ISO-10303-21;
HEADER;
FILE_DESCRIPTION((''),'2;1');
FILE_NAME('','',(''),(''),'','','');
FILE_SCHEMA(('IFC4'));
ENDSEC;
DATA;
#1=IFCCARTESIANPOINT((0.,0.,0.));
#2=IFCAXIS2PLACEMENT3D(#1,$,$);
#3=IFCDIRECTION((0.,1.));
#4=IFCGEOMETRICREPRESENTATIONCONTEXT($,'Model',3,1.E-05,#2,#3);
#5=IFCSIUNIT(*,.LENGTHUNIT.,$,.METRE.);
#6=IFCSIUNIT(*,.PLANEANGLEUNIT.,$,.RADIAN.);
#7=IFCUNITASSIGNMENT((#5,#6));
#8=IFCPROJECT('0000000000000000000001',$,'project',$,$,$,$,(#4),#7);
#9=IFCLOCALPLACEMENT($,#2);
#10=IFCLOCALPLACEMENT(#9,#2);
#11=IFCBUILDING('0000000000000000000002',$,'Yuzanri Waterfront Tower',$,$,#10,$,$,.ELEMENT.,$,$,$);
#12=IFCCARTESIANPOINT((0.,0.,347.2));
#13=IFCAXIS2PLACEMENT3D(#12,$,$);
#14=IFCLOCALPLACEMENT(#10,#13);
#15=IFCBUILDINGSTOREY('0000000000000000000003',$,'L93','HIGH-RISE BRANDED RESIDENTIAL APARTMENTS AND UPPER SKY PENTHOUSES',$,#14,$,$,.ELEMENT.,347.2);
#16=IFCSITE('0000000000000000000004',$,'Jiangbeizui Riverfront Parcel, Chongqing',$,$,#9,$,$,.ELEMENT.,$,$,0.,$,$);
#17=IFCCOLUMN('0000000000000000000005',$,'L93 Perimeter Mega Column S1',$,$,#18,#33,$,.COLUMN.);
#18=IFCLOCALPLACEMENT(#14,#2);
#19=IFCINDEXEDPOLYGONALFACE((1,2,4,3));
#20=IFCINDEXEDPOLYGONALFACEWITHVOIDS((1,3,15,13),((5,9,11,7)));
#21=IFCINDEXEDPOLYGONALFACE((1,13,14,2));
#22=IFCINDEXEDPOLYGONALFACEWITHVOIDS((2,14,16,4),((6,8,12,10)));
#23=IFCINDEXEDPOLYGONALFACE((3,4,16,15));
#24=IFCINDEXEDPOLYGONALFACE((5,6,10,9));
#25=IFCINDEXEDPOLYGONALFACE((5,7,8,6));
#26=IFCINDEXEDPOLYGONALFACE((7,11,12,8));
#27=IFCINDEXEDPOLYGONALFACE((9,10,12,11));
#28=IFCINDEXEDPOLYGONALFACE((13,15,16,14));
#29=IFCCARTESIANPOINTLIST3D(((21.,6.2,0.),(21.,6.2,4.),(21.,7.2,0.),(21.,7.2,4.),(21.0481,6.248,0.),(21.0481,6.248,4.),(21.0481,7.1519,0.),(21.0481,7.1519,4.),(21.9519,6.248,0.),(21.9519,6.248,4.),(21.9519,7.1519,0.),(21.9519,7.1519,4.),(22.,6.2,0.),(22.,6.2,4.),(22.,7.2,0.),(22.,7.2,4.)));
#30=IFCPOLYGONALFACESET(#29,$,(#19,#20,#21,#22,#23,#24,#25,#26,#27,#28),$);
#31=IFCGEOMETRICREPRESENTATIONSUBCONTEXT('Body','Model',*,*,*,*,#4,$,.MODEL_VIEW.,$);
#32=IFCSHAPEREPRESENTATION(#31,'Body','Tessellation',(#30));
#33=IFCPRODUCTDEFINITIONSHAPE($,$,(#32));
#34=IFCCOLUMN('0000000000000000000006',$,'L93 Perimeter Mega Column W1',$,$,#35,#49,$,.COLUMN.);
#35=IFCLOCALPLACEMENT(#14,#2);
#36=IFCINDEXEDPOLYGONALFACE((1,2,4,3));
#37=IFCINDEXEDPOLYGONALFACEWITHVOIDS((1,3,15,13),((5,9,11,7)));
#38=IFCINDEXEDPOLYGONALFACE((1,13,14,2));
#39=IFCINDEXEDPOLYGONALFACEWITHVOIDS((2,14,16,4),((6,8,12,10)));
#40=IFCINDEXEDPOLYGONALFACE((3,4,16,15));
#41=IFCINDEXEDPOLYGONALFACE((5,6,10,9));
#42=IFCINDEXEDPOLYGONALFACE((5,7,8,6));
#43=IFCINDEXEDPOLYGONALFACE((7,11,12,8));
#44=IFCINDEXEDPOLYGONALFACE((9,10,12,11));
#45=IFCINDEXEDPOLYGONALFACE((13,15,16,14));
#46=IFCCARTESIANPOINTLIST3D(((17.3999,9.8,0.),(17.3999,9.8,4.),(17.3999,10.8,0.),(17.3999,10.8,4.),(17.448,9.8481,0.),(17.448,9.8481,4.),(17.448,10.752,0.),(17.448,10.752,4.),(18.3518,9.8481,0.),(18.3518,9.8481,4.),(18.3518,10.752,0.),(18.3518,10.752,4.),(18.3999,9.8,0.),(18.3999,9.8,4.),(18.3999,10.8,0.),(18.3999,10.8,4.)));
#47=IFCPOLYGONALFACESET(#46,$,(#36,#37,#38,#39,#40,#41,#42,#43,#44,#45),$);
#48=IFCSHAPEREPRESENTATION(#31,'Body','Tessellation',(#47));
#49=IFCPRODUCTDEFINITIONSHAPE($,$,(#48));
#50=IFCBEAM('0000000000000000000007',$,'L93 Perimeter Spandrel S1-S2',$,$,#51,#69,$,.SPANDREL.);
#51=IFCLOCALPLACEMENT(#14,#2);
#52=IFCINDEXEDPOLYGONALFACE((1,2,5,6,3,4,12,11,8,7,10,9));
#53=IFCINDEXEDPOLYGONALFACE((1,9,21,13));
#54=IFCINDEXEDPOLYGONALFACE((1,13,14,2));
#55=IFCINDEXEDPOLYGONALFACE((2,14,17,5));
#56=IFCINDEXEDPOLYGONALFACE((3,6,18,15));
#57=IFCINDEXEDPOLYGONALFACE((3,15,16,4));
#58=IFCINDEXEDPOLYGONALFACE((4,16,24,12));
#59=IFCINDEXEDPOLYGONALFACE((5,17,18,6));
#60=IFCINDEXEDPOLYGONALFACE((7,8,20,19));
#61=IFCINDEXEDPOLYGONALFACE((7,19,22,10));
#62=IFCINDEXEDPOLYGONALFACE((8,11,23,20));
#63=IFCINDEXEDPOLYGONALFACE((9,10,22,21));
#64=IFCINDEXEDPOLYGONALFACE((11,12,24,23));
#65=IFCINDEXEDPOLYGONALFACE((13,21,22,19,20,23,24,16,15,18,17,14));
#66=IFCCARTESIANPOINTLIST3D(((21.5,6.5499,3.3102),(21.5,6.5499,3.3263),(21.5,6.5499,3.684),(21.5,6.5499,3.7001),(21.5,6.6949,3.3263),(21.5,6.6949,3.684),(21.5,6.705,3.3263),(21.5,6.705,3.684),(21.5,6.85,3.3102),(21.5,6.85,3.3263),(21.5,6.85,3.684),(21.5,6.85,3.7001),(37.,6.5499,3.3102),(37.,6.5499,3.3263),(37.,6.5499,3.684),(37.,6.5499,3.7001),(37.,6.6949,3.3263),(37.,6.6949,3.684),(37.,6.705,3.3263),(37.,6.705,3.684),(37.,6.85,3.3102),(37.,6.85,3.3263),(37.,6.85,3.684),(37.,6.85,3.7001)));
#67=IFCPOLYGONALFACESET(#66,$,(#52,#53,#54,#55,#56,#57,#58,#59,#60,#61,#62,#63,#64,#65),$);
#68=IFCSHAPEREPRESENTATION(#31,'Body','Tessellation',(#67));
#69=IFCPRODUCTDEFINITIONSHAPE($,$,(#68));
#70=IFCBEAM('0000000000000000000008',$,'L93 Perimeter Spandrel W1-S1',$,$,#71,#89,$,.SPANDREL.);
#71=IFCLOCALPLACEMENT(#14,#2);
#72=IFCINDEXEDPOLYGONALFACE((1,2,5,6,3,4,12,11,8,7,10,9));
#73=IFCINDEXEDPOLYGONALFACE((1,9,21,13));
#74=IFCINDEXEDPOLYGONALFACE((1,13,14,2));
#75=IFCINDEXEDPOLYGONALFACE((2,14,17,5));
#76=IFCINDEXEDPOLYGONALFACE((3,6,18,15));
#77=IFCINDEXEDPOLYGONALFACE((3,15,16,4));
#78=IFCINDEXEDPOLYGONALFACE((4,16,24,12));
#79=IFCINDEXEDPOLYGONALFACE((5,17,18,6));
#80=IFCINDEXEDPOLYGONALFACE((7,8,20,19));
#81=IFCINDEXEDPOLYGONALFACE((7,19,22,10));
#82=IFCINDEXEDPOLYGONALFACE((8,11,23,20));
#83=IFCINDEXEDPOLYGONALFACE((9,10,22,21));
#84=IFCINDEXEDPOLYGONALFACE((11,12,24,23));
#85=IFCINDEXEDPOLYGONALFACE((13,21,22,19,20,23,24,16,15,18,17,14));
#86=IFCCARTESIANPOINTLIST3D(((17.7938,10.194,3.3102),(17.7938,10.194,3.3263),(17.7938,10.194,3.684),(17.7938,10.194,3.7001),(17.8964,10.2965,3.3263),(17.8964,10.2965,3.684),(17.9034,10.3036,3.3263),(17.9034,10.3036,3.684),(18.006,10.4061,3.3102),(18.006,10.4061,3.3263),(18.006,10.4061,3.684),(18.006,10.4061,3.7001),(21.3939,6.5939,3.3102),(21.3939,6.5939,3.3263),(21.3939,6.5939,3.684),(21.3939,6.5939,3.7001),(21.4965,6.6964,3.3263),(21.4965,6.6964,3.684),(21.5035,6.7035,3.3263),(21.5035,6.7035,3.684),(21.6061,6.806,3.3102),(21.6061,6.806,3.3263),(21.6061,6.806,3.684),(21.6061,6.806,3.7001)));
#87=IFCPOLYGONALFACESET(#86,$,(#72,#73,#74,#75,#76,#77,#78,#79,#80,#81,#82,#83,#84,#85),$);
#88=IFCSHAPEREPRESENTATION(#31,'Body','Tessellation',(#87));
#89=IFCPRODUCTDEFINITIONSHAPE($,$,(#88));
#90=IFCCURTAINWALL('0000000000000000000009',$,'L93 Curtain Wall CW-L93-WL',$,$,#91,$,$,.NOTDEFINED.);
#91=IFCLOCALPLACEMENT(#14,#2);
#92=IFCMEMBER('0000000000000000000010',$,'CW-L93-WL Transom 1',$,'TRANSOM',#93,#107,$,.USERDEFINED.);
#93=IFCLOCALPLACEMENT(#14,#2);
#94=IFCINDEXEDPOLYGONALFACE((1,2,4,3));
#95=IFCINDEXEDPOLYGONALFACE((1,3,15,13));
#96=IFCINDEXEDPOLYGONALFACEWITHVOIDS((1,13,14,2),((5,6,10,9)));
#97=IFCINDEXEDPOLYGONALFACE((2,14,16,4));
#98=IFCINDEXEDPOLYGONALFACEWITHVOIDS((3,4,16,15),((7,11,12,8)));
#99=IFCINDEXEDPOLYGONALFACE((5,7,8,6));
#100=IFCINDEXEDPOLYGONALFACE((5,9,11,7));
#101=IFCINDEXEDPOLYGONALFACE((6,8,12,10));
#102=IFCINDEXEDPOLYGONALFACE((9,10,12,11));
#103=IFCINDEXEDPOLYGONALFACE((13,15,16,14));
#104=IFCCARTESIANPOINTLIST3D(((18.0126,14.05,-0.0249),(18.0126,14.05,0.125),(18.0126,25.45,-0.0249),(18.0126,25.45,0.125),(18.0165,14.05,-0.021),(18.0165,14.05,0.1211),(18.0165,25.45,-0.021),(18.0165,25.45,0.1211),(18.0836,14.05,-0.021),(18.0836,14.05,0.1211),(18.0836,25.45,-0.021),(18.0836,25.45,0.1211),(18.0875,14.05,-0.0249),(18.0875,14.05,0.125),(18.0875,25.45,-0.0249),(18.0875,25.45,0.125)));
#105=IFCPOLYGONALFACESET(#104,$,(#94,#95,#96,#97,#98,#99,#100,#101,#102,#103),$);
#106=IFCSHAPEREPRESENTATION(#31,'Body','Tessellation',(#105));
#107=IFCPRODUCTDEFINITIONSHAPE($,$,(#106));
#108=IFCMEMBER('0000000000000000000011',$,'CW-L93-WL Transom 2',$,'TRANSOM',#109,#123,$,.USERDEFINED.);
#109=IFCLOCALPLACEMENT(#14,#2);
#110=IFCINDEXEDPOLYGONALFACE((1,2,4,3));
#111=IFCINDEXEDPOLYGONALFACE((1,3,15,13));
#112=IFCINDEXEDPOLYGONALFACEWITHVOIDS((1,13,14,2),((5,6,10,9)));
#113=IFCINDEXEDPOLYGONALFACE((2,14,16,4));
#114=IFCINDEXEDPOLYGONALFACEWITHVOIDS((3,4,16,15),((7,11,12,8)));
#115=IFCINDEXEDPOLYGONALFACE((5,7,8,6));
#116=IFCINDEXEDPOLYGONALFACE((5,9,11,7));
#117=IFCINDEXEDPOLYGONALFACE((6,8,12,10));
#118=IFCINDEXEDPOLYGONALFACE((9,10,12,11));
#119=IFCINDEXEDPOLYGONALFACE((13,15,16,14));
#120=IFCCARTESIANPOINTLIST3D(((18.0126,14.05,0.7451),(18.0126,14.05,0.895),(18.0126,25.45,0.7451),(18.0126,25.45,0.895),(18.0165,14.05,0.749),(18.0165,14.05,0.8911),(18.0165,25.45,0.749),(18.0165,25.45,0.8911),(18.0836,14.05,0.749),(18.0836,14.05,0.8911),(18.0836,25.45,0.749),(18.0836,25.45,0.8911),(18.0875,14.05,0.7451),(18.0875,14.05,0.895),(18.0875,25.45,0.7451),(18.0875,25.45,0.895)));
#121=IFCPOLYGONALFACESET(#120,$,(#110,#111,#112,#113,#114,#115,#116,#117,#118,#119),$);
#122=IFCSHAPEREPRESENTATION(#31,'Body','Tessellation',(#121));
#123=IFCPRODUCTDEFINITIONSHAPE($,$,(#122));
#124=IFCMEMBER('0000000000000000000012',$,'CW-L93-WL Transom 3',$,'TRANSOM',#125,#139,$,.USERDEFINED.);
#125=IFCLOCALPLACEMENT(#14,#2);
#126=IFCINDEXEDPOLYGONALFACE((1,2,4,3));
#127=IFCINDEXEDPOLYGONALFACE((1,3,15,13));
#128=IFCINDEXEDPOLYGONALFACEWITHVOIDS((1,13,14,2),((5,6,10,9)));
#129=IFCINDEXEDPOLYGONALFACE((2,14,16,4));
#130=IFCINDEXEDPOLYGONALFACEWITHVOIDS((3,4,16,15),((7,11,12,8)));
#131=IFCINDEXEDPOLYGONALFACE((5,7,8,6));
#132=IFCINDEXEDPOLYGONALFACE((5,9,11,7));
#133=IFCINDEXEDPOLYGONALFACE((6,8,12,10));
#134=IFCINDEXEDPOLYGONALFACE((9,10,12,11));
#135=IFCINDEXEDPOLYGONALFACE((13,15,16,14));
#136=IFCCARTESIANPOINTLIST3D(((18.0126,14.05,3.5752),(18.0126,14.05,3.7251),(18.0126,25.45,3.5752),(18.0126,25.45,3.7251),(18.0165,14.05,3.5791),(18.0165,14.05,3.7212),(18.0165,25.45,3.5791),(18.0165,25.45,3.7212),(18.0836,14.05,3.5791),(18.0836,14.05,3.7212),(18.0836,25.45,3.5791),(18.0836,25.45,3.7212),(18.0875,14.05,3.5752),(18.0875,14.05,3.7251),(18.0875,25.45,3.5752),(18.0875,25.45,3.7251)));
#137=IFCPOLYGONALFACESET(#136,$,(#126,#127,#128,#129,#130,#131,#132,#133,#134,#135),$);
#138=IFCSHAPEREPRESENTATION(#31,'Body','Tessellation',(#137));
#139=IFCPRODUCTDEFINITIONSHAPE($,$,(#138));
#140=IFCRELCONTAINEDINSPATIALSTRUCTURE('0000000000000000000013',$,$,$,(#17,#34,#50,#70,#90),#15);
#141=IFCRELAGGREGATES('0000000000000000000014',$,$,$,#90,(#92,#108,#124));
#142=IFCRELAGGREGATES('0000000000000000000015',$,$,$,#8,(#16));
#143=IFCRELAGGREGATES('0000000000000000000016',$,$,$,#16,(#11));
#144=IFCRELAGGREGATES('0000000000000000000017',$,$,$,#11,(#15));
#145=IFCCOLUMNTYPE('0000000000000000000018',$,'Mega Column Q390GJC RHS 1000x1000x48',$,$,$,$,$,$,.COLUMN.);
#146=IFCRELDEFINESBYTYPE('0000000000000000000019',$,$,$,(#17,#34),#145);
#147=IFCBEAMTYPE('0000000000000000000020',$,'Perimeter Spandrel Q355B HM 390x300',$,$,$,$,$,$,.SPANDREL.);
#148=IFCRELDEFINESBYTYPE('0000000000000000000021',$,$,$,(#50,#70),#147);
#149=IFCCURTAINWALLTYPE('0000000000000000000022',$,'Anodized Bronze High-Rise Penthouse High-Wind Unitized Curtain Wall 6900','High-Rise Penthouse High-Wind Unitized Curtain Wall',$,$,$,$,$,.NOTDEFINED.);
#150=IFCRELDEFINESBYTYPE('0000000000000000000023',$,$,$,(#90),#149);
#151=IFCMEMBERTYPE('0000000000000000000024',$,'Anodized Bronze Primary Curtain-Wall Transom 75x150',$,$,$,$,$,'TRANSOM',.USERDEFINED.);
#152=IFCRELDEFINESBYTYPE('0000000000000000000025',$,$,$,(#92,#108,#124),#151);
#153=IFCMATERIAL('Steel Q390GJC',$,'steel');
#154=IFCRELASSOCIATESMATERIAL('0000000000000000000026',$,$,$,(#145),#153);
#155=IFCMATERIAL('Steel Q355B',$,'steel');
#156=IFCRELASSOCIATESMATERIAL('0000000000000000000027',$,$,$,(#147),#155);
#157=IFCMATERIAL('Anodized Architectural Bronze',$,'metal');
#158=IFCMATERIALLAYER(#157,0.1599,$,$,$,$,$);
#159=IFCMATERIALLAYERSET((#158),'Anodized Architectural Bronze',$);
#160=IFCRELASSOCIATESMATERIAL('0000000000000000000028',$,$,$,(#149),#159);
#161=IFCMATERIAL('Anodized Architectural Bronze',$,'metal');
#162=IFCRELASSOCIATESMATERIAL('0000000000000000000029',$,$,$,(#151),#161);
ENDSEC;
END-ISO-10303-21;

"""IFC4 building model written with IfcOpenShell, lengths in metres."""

from ifc_helpers import new_model, si_unit, direction, frame, origin, origin_2d, place, context, subcontext, project, spatial, hollow_rectangle, i_section, extrude, source, transform, mapped, material, layer, layer_set, material_profile, profile_set, type_object, element, aggregate, save


model = new_model("IFC4")

# Units and contexts
model_context = context("Model", 3, precision=1e-05, world=origin(), true_north=direction((0.0, 1.0)))
body_context = subcontext(model_context, "Body", "Model", "MODEL_VIEW")
ifc_project = project(units=[si_unit("LENGTHUNIT", "METRE"), si_unit("PLANEANGLEUNIT", "RADIAN")], contexts=[model_context])

# Site, building, storey
site_placement = place(None, origin())
site = spatial("IfcSite", under=ifc_project, at=site_placement, Name="Jiangbeizui Riverfront Parcel, Chongqing", CompositionType="ELEMENT", RefElevation=0.0)
building_placement = place(site_placement, origin())
building = spatial("IfcBuilding", under=site, at=building_placement, Name="Yuzanri Waterfront Tower", CompositionType="ELEMENT")
storey_placement = place(building_placement, frame((0.0, 0.0, 347.2)))
storey = spatial("IfcBuildingStorey", under=building, at=storey_placement, Name="L93", Description="HIGH-RISE BRANDED RESIDENTIAL APARTMENTS AND UPPER SKY PENTHOUSES", CompositionType="ELEMENT", Elevation=347.2)

# Columns
ifc_material_1 = material(Name="Steel Q390GJC", Category="steel")
ifc_material_profile_1 = material_profile(ifc_material_1, hollow_rectangle(XDim=1.0, YDim=1.0, WallThickness=0.0481, at=origin_2d()), Name="RHS 1000x1000x48")
ifc_profile_set_1 = profile_set([ifc_material_profile_1], Name="Steel Q390GJC")
column_type = type_object("IfcColumnType", Name="Mega Column Q390GJC RHS 1000x1000x48", PredefinedType="COLUMN", material=ifc_profile_set_1)
shared_shape_1 = source(origin(), body_context, "Body", "SweptSolid", [
    extrude(hollow_rectangle(XDim=1.0, YDim=1.0, WallThickness=0.0481, at=origin_2d()), origin(), (0.0, 0.0, 1.0), 4.0),
])
for number, where, z_axis, x_axis, name in (
    (1, (21.5, 6.7, 0.0), (0.0, 0.0, 1.0), (1.0, 0.0, 0.0), "L93 Perimeter Mega Column S1"),
    (2, (17.8999, 10.3, 0.0), (0.0, 0.0, 1.0), (1.0, 0.0, 0.0), "L93 Perimeter Mega Column W1"),
):
    element("IfcColumn", number, at=place(storey_placement, frame(where, z_axis=z_axis, x_axis=x_axis)), inside=storey, type_object=column_type, Name=name, PredefinedType="COLUMN", context=body_context, shape_type="MappedRepresentation", body=[
        mapped(shared_shape_1, transform((0.0, 0.0, 0.0), scale=1.0)),
    ])

# Beams
ifc_material_2 = material(Name="Steel Q355B", Category="steel")
ifc_material_profile_2 = material_profile(ifc_material_2, i_section(OverallWidth=0.3, OverallDepth=0.3899, WebThickness=0.01, FlangeThickness=0.0161, at=origin_2d()), Name="HM 390x300x10x16")
ifc_profile_set_2 = profile_set([ifc_material_profile_2], Name="Steel Q355B")
beam_type = type_object("IfcBeamType", Name="Perimeter Spandrel Q355B HM 390x300", PredefinedType="SPANDREL", material=ifc_profile_set_2)
shared_shape_2 = source(origin(), body_context, "Body", "SweptSolid", [
    extrude(i_section(OverallWidth=0.3, OverallDepth=0.3899, WebThickness=0.01, FlangeThickness=0.0161, at=origin_2d()), origin(), (0.0, 0.0, 1.0), 15.5),
])
beam_1_placement = place(storey_placement, frame((21.5, 6.7, 3.5051), z_axis=(1.0, 0.0, 0.0), x_axis=(0.0, 1.0, 0.0)))
element("IfcBeam", 3, at=beam_1_placement, inside=storey, type_object=beam_type, Name="L93 Perimeter Spandrel S1-S2", PredefinedType="SPANDREL", context=body_context, shape_type="MappedRepresentation", body=[
    mapped(shared_shape_2, transform((0.0, 0.0, 0.0), scale=1.0)),
])
shared_shape_3 = source(origin(), body_context, "Body", "SweptSolid", [
    extrude(i_section(OverallWidth=0.3, OverallDepth=0.3899, WebThickness=0.01, FlangeThickness=0.0161, at=origin_2d()), origin(), (0.0, 0.0, 1.0), 5.0913),
])
beam_2_placement = place(storey_placement, frame((17.8999, 10.3, 3.5051), z_axis=(0.707107, -0.707107, 0.0), x_axis=(0.707107, 0.707107, 0.0)))
element("IfcBeam", 4, at=beam_2_placement, inside=storey, type_object=beam_type, Name="L93 Perimeter Spandrel W1-S1", PredefinedType="SPANDREL", context=body_context, shape_type="MappedRepresentation", body=[
    mapped(shared_shape_3, transform((0.0, 0.0, 0.0), scale=1.0)),
])

# Curtain wall, members
ifc_material_3 = material(Name="Anodized Architectural Bronze", Category="metal")
ifc_layer_1 = layer(ifc_material_3, 0.1599)
ifc_layer_set_1 = layer_set([ifc_layer_1], Name="Anodized Architectural Bronze")
curtain_wall_type = type_object("IfcCurtainWallType", Name="Anodized Bronze High-Rise Penthouse High-Wind Unitized Curtain Wall 6900", Description="High-Rise Penthouse High-Wind Unitized Curtain Wall", PredefinedType="NOTDEFINED", material=ifc_layer_set_1)
curtain_wall_placement = place(storey_placement, origin())
curtain_wall = element("IfcCurtainWall", 5, at=curtain_wall_placement, inside=storey, type_object=curtain_wall_type, Name="L93 Curtain Wall CW-L93-WL", PredefinedType="NOTDEFINED")
ifc_material_4 = material(Name="Anodized Architectural Bronze", Category="metal")
ifc_material_profile_3 = material_profile(ifc_material_4, hollow_rectangle(XDim=0.075, YDim=0.1499, WallThickness=0.0039, at=origin_2d()), Name="CWT 75x150")
ifc_profile_set_3 = profile_set([ifc_material_profile_3], Name="Anodized Architectural Bronze")
member_type = type_object("IfcMemberType", Name="Anodized Bronze Primary Curtain-Wall Transom 75x150", ElementType="TRANSOM", PredefinedType="USERDEFINED", material=ifc_profile_set_3)
shared_shape_4 = source(origin(), body_context, "Body", "SweptSolid", [
    extrude(hollow_rectangle(XDim=0.075, YDim=0.1499, WallThickness=0.0039, at=origin_2d()), origin(), (0.0, 0.0, 1.0), 11.3999),
])
member_1_placement = place(storey_placement, frame((18.05, 14.05, 0.05), z_axis=(0.0, 1.0, 0.0), x_axis=(-1.0, 0.0, 0.0)))
member_1 = element("IfcMember", 6, at=member_1_placement, type_object=member_type, Name="CW-L93-WL Transom 1", ObjectType="TRANSOM", PredefinedType="USERDEFINED", context=body_context, shape_type="MappedRepresentation", body=[
    mapped(shared_shape_4, transform((0.0, 0.0, 0.0), scale=1.0)),
])
member_2_placement = place(storey_placement, frame((18.05, 14.05, 0.8201), z_axis=(0.0, 1.0, 0.0), x_axis=(-1.0, 0.0, 0.0)))
member_2 = element("IfcMember", 7, at=member_2_placement, type_object=member_type, Name="CW-L93-WL Transom 2", ObjectType="TRANSOM", PredefinedType="USERDEFINED", context=body_context, shape_type="MappedRepresentation", body=[
    mapped(shared_shape_4, transform((0.0, 0.0, 0.0), scale=1.0)),
])
member_3_placement = place(storey_placement, frame((18.05, 14.05, 3.6501), z_axis=(0.0, 1.0, 0.0), x_axis=(-1.0, 0.0, 0.0)))
member_3 = element("IfcMember", 8, at=member_3_placement, type_object=member_type, Name="CW-L93-WL Transom 3", ObjectType="TRANSOM", PredefinedType="USERDEFINED", context=body_context, shape_type="MappedRepresentation", body=[
    mapped(shared_shape_4, transform((0.0, 0.0, 0.0), scale=1.0)),
])
aggregate(curtain_wall, [member_1, member_2, member_3])

save(model, "model.ifc")
